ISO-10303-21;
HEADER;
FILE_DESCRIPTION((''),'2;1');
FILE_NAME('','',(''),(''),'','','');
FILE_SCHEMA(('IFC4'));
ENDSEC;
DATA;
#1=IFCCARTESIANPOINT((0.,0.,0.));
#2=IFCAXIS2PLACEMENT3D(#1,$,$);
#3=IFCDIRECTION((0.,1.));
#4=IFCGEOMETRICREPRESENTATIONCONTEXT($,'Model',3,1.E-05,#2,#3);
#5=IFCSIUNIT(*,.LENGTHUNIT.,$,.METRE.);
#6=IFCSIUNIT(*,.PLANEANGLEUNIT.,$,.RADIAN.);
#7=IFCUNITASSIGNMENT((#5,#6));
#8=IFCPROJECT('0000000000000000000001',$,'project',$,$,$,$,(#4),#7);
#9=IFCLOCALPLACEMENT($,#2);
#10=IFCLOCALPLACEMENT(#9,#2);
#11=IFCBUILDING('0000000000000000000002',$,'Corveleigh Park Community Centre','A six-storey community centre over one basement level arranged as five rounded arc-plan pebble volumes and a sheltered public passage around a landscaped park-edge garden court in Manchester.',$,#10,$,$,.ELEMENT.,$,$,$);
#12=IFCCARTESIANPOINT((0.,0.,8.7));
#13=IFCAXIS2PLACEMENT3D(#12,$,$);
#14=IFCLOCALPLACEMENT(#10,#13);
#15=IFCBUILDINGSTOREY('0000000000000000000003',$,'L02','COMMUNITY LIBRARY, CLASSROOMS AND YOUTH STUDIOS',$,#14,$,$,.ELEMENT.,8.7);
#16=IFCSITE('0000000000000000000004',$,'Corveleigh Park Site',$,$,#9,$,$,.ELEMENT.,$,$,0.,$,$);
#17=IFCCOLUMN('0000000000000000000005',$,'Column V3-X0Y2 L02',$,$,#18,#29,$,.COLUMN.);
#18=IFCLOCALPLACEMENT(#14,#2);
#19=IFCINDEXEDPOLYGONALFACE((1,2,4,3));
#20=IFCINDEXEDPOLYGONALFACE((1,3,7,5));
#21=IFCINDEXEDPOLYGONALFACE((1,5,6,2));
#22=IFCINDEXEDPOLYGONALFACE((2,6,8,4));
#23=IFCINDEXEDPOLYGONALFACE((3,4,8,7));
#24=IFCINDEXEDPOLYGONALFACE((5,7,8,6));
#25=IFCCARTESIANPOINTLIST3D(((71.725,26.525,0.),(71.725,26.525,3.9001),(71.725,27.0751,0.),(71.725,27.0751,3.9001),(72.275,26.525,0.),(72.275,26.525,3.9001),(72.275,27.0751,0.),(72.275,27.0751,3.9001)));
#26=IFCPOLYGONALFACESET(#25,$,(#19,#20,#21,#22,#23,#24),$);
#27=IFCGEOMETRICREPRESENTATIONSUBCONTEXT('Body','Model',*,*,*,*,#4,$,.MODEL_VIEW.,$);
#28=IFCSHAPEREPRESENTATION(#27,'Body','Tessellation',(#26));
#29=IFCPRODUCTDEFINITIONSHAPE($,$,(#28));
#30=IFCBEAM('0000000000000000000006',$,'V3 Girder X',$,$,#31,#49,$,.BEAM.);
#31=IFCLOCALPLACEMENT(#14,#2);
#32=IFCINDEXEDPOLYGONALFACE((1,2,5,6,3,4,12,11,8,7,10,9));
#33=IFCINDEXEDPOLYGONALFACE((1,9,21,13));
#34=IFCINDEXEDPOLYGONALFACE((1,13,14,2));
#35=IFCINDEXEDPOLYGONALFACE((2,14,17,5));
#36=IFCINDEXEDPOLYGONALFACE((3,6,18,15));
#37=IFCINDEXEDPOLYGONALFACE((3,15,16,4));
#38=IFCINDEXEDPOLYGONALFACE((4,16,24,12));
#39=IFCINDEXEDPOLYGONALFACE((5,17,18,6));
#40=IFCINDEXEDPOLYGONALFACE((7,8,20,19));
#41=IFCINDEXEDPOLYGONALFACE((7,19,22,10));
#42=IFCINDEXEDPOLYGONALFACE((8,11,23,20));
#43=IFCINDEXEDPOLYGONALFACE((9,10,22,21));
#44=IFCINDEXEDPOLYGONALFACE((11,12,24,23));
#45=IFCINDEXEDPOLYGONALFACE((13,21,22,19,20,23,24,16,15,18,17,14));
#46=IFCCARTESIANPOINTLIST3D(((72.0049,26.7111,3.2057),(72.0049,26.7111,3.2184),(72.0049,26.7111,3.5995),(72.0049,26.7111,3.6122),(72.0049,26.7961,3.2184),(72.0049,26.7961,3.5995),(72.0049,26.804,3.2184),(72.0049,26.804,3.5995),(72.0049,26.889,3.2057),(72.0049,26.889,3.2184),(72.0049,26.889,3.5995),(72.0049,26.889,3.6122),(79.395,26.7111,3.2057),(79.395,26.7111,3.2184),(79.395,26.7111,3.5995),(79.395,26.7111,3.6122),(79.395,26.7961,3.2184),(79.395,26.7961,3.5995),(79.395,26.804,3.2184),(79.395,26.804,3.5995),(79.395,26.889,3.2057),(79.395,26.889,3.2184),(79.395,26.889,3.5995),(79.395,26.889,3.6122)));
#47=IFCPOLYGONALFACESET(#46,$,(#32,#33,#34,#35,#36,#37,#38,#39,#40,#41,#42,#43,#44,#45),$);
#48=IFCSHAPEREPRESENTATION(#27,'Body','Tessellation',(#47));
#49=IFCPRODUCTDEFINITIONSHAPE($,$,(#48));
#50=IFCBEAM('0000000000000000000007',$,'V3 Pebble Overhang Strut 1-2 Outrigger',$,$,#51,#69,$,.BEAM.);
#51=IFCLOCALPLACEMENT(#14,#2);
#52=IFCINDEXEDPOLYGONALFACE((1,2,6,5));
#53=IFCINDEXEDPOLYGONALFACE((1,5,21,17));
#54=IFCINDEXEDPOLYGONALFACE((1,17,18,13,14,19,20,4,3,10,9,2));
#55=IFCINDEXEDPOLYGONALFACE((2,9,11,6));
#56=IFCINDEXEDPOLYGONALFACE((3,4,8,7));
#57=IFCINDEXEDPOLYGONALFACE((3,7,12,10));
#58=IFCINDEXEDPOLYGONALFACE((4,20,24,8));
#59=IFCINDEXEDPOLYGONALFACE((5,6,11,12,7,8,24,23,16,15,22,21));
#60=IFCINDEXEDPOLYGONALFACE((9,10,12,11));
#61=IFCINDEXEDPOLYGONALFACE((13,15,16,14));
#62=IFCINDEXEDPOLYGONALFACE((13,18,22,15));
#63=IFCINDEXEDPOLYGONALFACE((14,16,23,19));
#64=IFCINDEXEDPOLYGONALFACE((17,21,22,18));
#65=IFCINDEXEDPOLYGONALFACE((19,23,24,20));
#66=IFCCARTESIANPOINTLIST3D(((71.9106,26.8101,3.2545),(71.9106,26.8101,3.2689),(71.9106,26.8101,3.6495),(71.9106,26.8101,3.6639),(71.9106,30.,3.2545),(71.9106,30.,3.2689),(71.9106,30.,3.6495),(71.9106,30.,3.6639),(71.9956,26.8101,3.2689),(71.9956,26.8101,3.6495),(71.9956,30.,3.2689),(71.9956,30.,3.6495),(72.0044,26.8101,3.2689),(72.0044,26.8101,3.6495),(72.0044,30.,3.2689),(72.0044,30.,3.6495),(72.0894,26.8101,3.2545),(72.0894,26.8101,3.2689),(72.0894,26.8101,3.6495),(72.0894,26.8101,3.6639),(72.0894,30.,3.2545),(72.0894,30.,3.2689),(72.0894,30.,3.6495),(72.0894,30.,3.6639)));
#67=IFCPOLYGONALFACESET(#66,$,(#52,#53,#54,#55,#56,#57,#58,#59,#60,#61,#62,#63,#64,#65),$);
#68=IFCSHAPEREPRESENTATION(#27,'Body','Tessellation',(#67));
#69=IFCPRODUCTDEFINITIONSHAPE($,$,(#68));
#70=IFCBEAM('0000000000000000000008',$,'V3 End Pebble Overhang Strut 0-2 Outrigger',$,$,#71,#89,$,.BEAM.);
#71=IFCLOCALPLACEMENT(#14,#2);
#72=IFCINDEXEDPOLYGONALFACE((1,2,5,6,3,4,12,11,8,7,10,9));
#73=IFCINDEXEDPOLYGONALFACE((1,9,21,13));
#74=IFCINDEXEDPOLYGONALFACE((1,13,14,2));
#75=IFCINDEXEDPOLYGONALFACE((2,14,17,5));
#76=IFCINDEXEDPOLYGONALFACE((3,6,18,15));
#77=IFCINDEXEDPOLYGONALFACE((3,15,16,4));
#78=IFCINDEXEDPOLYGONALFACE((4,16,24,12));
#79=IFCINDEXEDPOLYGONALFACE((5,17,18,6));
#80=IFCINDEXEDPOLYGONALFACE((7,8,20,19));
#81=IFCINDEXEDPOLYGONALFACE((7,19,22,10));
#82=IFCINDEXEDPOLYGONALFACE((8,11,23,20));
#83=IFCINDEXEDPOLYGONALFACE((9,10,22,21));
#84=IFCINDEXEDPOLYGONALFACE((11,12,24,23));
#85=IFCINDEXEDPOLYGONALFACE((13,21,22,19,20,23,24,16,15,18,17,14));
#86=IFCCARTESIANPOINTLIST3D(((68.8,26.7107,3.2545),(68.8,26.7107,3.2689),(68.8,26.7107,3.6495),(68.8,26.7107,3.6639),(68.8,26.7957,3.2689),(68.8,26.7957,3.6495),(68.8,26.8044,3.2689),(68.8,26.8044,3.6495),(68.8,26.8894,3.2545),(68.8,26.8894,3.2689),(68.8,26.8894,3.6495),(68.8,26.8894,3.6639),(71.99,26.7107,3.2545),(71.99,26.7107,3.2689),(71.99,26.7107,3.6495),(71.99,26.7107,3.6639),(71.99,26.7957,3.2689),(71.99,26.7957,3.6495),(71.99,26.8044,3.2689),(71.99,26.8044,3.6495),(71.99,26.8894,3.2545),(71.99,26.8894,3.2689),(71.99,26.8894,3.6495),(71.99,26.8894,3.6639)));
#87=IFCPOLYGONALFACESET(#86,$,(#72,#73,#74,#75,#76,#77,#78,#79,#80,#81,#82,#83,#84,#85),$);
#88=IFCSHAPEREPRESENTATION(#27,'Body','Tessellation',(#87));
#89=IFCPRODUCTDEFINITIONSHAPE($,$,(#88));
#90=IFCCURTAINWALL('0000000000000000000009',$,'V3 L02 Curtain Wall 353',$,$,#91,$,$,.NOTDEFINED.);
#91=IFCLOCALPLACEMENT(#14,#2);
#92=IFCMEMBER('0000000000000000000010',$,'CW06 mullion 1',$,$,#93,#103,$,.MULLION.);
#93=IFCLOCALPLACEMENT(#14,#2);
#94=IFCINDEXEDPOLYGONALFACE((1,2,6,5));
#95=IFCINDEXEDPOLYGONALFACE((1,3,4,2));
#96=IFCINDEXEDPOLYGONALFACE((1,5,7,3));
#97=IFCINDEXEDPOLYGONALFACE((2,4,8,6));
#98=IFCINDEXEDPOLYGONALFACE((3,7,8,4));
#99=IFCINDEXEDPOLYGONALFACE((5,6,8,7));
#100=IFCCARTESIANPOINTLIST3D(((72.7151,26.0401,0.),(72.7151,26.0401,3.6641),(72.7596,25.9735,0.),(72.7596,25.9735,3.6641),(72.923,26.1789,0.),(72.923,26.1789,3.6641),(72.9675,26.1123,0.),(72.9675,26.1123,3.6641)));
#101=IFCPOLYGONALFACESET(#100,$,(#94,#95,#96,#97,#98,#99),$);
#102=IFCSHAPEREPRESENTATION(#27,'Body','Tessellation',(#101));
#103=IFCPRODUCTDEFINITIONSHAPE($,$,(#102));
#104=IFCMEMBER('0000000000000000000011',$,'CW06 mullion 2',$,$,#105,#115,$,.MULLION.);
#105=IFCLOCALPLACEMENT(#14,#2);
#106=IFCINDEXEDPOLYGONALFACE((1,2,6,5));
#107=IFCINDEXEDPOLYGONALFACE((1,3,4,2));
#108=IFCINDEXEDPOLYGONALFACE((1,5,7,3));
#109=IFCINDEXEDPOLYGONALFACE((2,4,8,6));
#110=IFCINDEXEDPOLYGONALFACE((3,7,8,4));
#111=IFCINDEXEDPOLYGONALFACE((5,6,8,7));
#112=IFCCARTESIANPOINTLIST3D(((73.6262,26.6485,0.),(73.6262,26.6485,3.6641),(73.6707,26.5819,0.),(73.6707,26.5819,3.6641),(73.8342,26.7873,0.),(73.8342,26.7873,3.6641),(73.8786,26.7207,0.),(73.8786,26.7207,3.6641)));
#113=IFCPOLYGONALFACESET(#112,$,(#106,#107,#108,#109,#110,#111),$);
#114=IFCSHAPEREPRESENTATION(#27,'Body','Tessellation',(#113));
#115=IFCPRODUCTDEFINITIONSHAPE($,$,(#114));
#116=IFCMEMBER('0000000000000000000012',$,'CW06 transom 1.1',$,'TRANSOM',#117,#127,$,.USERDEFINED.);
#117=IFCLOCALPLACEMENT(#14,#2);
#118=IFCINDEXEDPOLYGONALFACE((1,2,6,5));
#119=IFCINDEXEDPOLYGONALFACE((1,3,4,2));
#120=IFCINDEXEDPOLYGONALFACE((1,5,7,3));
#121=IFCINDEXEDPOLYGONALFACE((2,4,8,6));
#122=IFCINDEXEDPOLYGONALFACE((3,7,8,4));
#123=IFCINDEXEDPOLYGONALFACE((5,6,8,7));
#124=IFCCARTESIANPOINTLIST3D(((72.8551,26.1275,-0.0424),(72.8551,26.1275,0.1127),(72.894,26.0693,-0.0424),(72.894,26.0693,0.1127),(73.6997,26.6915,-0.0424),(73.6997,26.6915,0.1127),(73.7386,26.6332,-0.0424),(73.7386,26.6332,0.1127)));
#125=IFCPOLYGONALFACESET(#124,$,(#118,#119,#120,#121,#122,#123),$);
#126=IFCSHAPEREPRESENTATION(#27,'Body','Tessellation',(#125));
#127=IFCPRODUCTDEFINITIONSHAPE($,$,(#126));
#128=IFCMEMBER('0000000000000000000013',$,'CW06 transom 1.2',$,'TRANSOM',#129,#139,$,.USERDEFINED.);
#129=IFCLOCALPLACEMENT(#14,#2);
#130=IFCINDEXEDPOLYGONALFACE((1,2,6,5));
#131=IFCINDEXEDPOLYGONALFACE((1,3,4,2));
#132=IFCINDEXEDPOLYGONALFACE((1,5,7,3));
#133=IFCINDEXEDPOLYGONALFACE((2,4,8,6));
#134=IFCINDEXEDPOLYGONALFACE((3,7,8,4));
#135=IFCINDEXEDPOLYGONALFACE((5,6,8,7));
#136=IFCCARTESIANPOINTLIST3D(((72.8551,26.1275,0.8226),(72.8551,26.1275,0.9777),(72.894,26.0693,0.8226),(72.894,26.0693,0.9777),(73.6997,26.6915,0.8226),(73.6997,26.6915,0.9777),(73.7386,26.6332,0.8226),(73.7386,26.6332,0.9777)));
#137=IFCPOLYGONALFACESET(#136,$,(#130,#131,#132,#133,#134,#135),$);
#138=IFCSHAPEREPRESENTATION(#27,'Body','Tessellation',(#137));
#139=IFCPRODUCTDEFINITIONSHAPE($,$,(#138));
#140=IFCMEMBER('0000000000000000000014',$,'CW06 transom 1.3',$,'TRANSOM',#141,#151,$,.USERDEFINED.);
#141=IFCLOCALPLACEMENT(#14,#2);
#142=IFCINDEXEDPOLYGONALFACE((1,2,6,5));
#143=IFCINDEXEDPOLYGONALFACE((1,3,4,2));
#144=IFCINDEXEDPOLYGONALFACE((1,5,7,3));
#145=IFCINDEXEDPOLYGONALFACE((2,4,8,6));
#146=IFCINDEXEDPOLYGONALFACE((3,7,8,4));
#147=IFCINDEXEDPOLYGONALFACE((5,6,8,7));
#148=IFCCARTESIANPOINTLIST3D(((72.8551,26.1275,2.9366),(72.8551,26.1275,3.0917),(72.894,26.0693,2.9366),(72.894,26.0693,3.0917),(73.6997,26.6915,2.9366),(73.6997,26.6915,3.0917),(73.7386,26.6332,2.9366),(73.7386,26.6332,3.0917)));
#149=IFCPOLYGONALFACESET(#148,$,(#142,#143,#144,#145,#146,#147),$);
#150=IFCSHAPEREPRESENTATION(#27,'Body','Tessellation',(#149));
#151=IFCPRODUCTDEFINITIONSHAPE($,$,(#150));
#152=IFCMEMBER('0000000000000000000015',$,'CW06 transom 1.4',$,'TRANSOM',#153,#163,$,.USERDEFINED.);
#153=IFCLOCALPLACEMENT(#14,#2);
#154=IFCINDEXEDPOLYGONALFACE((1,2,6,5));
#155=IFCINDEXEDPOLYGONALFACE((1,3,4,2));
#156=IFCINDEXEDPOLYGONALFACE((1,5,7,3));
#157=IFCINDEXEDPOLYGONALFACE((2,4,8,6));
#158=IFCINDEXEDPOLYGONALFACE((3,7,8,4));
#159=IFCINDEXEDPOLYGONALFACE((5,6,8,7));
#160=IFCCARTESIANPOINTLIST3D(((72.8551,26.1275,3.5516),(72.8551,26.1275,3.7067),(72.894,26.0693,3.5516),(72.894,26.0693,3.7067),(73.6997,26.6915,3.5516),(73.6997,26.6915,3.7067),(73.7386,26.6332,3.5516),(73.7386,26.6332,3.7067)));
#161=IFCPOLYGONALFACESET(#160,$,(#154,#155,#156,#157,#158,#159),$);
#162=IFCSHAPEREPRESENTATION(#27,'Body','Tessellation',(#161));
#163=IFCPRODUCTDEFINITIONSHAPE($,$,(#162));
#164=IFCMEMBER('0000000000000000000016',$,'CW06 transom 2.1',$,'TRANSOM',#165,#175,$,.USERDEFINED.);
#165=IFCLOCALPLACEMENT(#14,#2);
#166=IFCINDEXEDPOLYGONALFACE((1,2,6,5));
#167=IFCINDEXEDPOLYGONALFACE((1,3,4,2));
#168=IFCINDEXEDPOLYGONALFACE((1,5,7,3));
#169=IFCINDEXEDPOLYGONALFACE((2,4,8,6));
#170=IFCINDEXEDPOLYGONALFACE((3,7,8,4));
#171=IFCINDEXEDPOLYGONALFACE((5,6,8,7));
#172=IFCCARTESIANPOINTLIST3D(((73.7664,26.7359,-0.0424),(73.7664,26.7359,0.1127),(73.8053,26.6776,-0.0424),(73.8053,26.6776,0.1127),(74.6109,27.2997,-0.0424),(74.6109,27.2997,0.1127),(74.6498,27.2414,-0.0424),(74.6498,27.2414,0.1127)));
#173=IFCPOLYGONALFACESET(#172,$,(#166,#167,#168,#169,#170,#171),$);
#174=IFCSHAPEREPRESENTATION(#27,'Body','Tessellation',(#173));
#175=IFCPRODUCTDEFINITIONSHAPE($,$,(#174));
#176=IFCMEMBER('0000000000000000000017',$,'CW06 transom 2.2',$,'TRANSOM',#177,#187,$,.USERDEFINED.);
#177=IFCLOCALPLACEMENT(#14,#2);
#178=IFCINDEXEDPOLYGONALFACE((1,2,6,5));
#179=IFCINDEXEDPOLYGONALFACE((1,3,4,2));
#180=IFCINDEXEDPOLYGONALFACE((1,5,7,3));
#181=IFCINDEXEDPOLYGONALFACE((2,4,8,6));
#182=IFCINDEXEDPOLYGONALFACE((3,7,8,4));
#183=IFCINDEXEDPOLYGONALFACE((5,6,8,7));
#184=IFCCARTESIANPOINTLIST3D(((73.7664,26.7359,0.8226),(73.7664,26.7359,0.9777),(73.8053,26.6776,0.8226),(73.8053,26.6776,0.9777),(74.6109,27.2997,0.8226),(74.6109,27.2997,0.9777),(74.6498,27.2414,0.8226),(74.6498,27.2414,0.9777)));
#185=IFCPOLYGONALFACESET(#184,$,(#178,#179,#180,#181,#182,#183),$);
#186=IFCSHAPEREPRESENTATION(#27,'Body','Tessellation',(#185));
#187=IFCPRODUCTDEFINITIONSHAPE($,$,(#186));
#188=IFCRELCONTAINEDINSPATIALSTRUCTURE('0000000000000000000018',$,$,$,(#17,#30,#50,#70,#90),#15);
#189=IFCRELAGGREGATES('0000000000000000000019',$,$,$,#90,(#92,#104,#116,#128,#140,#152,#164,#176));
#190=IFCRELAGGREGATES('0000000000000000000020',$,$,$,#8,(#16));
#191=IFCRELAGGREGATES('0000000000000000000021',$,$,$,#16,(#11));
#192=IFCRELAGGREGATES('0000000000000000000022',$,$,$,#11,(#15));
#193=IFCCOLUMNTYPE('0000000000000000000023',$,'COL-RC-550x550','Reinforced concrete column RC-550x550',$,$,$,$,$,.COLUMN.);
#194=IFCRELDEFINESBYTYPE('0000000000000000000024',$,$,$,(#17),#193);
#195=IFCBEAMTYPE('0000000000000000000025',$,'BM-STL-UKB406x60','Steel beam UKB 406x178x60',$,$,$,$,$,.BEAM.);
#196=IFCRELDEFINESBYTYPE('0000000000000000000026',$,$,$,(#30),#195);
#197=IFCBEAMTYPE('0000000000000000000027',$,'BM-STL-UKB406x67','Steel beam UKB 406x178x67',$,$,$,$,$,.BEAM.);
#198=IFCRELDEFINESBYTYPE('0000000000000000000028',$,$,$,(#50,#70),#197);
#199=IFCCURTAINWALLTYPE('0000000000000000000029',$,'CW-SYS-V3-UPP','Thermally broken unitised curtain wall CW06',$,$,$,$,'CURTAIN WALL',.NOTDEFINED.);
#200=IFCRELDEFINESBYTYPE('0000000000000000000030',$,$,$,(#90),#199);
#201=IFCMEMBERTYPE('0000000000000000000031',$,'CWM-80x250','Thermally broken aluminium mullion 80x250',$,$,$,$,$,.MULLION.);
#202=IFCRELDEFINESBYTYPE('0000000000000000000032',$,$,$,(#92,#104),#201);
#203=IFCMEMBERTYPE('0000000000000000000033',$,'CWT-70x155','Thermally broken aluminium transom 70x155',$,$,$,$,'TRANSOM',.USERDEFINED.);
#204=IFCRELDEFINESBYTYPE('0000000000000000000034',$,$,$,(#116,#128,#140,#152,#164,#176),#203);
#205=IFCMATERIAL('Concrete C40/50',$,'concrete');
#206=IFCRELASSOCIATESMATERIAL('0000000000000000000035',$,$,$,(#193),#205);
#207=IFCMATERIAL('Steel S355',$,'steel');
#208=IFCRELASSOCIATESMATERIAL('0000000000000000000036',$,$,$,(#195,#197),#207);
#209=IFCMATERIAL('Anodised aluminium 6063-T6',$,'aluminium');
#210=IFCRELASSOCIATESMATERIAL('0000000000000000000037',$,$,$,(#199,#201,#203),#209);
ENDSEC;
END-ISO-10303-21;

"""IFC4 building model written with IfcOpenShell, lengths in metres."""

from ifc_helpers import new_model, si_unit, direction, frame, origin, origin_2d, place, context, subcontext, project, spatial, rectangle, i_section, extrude, material, material_profile, profile_set, type_object, element, aggregate, save


model = new_model("IFC4")

# Units and contexts
model_context = context("Model", 3, precision=1e-05, world=origin(), true_north=direction((0.0, 1.0)))
body_context = subcontext(model_context, "Body", "Model", "MODEL_VIEW")
ifc_project = project(units=[si_unit("LENGTHUNIT", "METRE"), si_unit("PLANEANGLEUNIT", "RADIAN")], contexts=[model_context])

# Site, building, storey
site_placement = place(None, origin())
site = spatial("IfcSite", under=ifc_project, at=site_placement, Name="Corveleigh Park Site", CompositionType="ELEMENT", RefElevation=0.0)
building_placement = place(site_placement, origin())
building = spatial("IfcBuilding", under=site, at=building_placement, Name="Corveleigh Park Community Centre", Description="A six-storey community centre over one basement level arranged as five rounded arc-plan pebble volumes and a sheltered public passage around a landscaped park-edge garden court in Manchester.", CompositionType="ELEMENT")
storey_placement = place(building_placement, frame((0.0, 0.0, 8.7)))
storey = spatial("IfcBuildingStorey", under=building, at=storey_placement, Name="L02", Description="COMMUNITY LIBRARY, CLASSROOMS AND YOUTH STUDIOS", CompositionType="ELEMENT", Elevation=8.7)

# Column
ifc_material_1 = material(Name="Concrete C40/50", Category="concrete")
ifc_material_profile_1 = material_profile(ifc_material_1, rectangle(XDim=0.55, YDim=0.55, at=origin_2d()), Name="RC-550x550", Category="concrete")
ifc_profile_set_1 = profile_set([ifc_material_profile_1], Name="Concrete C40/50")
column_type = type_object("IfcColumnType", Name="COL-RC-550x550", Description="Reinforced concrete column RC-550x550", PredefinedType="COLUMN", material=ifc_profile_set_1)
column_placement = place(storey_placement, frame((72.0, 26.8, 0.0), z_axis=(0.0, 0.0, 1.0), x_axis=(1.0, 0.0, 0.0)))
element("IfcColumn", 1, at=column_placement, inside=storey, type_object=column_type, Name="Column V3-X0Y2 L02", PredefinedType="COLUMN", context=body_context, shape_type="SweptSolid", body=[
    extrude(rectangle(XDim=0.55, YDim=0.55, at=origin_2d()), origin(), (0.0, 0.0, 1.0), 3.9001),
])

# Beams
ifc_material_2 = material(Name="Steel S355", Category="steel")
ifc_material_profile_2 = material_profile(ifc_material_2, i_section(OverallWidth=0.178, OverallDepth=0.4065, WebThickness=0.0078, FlangeThickness=0.0127, at=origin_2d()), Name="UKB 406x178x60", Category="steel")
ifc_profile_set_2 = profile_set([ifc_material_profile_2], Name="Steel S355")
beam_type_1 = type_object("IfcBeamType", Name="BM-STL-UKB406x60", Description="Steel beam UKB 406x178x60", PredefinedType="BEAM", material=ifc_profile_set_2)
beam_placement = place(storey_placement, frame((72.0049, 26.8, 3.4089), z_axis=(1.0, 0.0, 0.0), x_axis=(0.0, 1.0, 0.0)))
element("IfcBeam", 2, at=beam_placement, inside=storey, type_object=beam_type_1, Name="V3 Girder X", PredefinedType="BEAM", context=body_context, shape_type="SweptSolid", body=[
    extrude(i_section(OverallWidth=0.178, OverallDepth=0.4065, WebThickness=0.0078, FlangeThickness=0.0127, at=origin_2d()), origin(), (0.0, 0.0, 1.0), 7.3901),
])
ifc_material_profile_3 = material_profile(ifc_material_2, i_section(OverallWidth=0.1787, OverallDepth=0.4094, WebThickness=0.0088, FlangeThickness=0.0144, at=origin_2d()), Name="UKB 406x178x67", Category="steel")
ifc_profile_set_3 = profile_set([ifc_material_profile_3], Name="Steel S355")
beam_type_2 = type_object("IfcBeamType", Name="BM-STL-UKB406x67", Description="Steel beam UKB 406x178x67", PredefinedType="BEAM", material=ifc_profile_set_3)
for number, where, z_axis, x_axis, name in (
    (3, (72.0, 26.8101, 3.4592), (0.0, 1.0, 0.0), (-1.0, 0.0, 0.0), "V3 Pebble Overhang Strut 1-2 Outrigger"),
    (4, (71.99, 26.8, 3.4592), (-1.0, 0.0, 0.0), (0.0, -1.0, 0.0), "V3 End Pebble Overhang Strut 0-2 Outrigger"),
):
    element("IfcBeam", number, at=place(storey_placement, frame(where, z_axis=z_axis, x_axis=x_axis)), inside=storey, type_object=beam_type_2, Name=name, PredefinedType="BEAM", context=body_context, shape_type="SweptSolid", body=[
        extrude(i_section(OverallWidth=0.1787, OverallDepth=0.4094, WebThickness=0.0088, FlangeThickness=0.0144, at=origin_2d()), origin(), (0.0, 0.0, 1.0), 3.1899),
    ])

# Curtain wall, members
ifc_material_3 = material(Name="Anodised aluminium 6063-T6", Category="aluminium")
curtain_wall_type = type_object("IfcCurtainWallType", Name="CW-SYS-V3-UPP", Description="Thermally broken unitised curtain wall CW06", ElementType="CURTAIN WALL", PredefinedType="NOTDEFINED", material=ifc_material_3)
curtain_wall_placement = place(storey_placement, origin())
curtain_wall = element("IfcCurtainWall", 5, at=curtain_wall_placement, inside=storey, type_object=curtain_wall_type, Name="V3 L02 Curtain Wall 353", PredefinedType="NOTDEFINED")
ifc_material_profile_4 = material_profile(ifc_material_3, rectangle(XDim=0.0801, YDim=0.25, at=origin_2d()), Name="ALU-M80x250", Category="aluminium")
ifc_profile_set_4 = profile_set([ifc_material_profile_4], Name="Anodised aluminium 6063-T6")
member_type_1 = type_object("IfcMemberType", Name="CWM-80x250", Description="Thermally broken aluminium mullion 80x250", PredefinedType="MULLION", material=ifc_profile_set_4)
member_1_placement = place(storey_placement, frame((72.8413, 26.0762, 0.0), z_axis=(0.0, 0.0, 1.0), x_axis=(-0.555208, 0.831711, 0.0)))
member_1 = element("IfcMember", 6, at=member_1_placement, type_object=member_type_1, Name="CW06 mullion 1", PredefinedType="MULLION", context=body_context, shape_type="SweptSolid", body=[
    extrude(rectangle(XDim=0.0801, YDim=0.25, at=origin_2d()), origin(), (0.0, 0.0, 1.0), 3.6641),
])
member_2_placement = place(storey_placement, frame((73.7524, 26.6846, 0.0), z_axis=(0.0, 0.0, 1.0), x_axis=(-0.555208, 0.831711, 0.0)))
member_2 = element("IfcMember", 7, at=member_2_placement, type_object=member_type_1, Name="CW06 mullion 2", PredefinedType="MULLION", context=body_context, shape_type="SweptSolid", body=[
    extrude(rectangle(XDim=0.0801, YDim=0.25, at=origin_2d()), origin(), (0.0, 0.0, 1.0), 3.6641),
])
ifc_material_profile_5 = material_profile(ifc_material_3, rectangle(XDim=0.0701, YDim=0.155, at=origin_2d()), Name="ALU-T70x155", Category="aluminium")
ifc_profile_set_5 = profile_set([ifc_material_profile_5], Name="Anodised aluminium 6063-T6")
member_type_2 = type_object("IfcMemberType", Name="CWT-70x155", Description="Thermally broken aluminium transom 70x155", ElementType="TRANSOM", PredefinedType="USERDEFINED", material=ifc_profile_set_5)
member_3_placement = place(storey_placement, frame((72.8745, 26.0984, 0.0352), z_axis=(0.83168, 0.555255, 0.0), x_axis=(-0.555255, 0.83168, 0.0)))
member_3 = element("IfcMember", 8, at=member_3_placement, type_object=member_type_2, Name="CW06 transom 1.1", ObjectType="TRANSOM", PredefinedType="USERDEFINED", context=body_context, shape_type="SweptSolid", body=[
    extrude(rectangle(XDim=0.0701, YDim=0.155, at=origin_2d()), origin(), (0.0, 0.0, 1.0), 1.0156),
])
member_4_placement = place(storey_placement, frame((72.8745, 26.0984, 0.9001), z_axis=(0.83168, 0.555255, 0.0), x_axis=(-0.555255, 0.83168, 0.0)))
member_4 = element("IfcMember", 9, at=member_4_placement, type_object=member_type_2, Name="CW06 transom 1.2", ObjectType="TRANSOM", PredefinedType="USERDEFINED", context=body_context, shape_type="SweptSolid", body=[
    extrude(rectangle(XDim=0.0701, YDim=0.155, at=origin_2d()), origin(), (0.0, 0.0, 1.0), 1.0156),
])
member_5_placement = place(storey_placement, frame((72.8745, 26.0984, 3.0142), z_axis=(0.83168, 0.555255, 0.0), x_axis=(-0.555255, 0.83168, 0.0)))
member_5 = element("IfcMember", 10, at=member_5_placement, type_object=member_type_2, Name="CW06 transom 1.3", ObjectType="TRANSOM", PredefinedType="USERDEFINED", context=body_context, shape_type="SweptSolid", body=[
    extrude(rectangle(XDim=0.0701, YDim=0.155, at=origin_2d()), origin(), (0.0, 0.0, 1.0), 1.0156),
])
member_6_placement = place(storey_placement, frame((72.8745, 26.0984, 3.6292), z_axis=(0.83168, 0.555255, 0.0), x_axis=(-0.555255, 0.83168, 0.0)))
member_6 = element("IfcMember", 11, at=member_6_placement, type_object=member_type_2, Name="CW06 transom 1.4", ObjectType="TRANSOM", PredefinedType="USERDEFINED", context=body_context, shape_type="SweptSolid", body=[
    extrude(rectangle(XDim=0.0701, YDim=0.155, at=origin_2d()), origin(), (0.0, 0.0, 1.0), 1.0156),
])
member_7_placement = place(storey_placement, frame((73.7859, 26.7068, 0.0352), z_axis=(0.831717, 0.555199, 0.0), x_axis=(-0.555199, 0.831717, 0.0)))
member_7 = element("IfcMember", 12, at=member_7_placement, type_object=member_type_2, Name="CW06 transom 2.1", ObjectType="TRANSOM", PredefinedType="USERDEFINED", context=body_context, shape_type="SweptSolid", body=[
    extrude(rectangle(XDim=0.0701, YDim=0.155, at=origin_2d()), origin(), (0.0, 0.0, 1.0), 1.0154),
])
member_8_placement = place(storey_placement, frame((73.7859, 26.7068, 0.9001), z_axis=(0.831717, 0.555199, 0.0), x_axis=(-0.555199, 0.831717, 0.0)))
member_8 = element("IfcMember", 13, at=member_8_placement, type_object=member_type_2, Name="CW06 transom 2.2", ObjectType="TRANSOM", PredefinedType="USERDEFINED", context=body_context, shape_type="SweptSolid", body=[
    extrude(rectangle(XDim=0.0701, YDim=0.155, at=origin_2d()), origin(), (0.0, 0.0, 1.0), 1.0154),
])

aggregate(curtain_wall, [member_1, member_2, member_3, member_4, member_5, member_6, member_7, member_8])

save(model, "model.ifc")
